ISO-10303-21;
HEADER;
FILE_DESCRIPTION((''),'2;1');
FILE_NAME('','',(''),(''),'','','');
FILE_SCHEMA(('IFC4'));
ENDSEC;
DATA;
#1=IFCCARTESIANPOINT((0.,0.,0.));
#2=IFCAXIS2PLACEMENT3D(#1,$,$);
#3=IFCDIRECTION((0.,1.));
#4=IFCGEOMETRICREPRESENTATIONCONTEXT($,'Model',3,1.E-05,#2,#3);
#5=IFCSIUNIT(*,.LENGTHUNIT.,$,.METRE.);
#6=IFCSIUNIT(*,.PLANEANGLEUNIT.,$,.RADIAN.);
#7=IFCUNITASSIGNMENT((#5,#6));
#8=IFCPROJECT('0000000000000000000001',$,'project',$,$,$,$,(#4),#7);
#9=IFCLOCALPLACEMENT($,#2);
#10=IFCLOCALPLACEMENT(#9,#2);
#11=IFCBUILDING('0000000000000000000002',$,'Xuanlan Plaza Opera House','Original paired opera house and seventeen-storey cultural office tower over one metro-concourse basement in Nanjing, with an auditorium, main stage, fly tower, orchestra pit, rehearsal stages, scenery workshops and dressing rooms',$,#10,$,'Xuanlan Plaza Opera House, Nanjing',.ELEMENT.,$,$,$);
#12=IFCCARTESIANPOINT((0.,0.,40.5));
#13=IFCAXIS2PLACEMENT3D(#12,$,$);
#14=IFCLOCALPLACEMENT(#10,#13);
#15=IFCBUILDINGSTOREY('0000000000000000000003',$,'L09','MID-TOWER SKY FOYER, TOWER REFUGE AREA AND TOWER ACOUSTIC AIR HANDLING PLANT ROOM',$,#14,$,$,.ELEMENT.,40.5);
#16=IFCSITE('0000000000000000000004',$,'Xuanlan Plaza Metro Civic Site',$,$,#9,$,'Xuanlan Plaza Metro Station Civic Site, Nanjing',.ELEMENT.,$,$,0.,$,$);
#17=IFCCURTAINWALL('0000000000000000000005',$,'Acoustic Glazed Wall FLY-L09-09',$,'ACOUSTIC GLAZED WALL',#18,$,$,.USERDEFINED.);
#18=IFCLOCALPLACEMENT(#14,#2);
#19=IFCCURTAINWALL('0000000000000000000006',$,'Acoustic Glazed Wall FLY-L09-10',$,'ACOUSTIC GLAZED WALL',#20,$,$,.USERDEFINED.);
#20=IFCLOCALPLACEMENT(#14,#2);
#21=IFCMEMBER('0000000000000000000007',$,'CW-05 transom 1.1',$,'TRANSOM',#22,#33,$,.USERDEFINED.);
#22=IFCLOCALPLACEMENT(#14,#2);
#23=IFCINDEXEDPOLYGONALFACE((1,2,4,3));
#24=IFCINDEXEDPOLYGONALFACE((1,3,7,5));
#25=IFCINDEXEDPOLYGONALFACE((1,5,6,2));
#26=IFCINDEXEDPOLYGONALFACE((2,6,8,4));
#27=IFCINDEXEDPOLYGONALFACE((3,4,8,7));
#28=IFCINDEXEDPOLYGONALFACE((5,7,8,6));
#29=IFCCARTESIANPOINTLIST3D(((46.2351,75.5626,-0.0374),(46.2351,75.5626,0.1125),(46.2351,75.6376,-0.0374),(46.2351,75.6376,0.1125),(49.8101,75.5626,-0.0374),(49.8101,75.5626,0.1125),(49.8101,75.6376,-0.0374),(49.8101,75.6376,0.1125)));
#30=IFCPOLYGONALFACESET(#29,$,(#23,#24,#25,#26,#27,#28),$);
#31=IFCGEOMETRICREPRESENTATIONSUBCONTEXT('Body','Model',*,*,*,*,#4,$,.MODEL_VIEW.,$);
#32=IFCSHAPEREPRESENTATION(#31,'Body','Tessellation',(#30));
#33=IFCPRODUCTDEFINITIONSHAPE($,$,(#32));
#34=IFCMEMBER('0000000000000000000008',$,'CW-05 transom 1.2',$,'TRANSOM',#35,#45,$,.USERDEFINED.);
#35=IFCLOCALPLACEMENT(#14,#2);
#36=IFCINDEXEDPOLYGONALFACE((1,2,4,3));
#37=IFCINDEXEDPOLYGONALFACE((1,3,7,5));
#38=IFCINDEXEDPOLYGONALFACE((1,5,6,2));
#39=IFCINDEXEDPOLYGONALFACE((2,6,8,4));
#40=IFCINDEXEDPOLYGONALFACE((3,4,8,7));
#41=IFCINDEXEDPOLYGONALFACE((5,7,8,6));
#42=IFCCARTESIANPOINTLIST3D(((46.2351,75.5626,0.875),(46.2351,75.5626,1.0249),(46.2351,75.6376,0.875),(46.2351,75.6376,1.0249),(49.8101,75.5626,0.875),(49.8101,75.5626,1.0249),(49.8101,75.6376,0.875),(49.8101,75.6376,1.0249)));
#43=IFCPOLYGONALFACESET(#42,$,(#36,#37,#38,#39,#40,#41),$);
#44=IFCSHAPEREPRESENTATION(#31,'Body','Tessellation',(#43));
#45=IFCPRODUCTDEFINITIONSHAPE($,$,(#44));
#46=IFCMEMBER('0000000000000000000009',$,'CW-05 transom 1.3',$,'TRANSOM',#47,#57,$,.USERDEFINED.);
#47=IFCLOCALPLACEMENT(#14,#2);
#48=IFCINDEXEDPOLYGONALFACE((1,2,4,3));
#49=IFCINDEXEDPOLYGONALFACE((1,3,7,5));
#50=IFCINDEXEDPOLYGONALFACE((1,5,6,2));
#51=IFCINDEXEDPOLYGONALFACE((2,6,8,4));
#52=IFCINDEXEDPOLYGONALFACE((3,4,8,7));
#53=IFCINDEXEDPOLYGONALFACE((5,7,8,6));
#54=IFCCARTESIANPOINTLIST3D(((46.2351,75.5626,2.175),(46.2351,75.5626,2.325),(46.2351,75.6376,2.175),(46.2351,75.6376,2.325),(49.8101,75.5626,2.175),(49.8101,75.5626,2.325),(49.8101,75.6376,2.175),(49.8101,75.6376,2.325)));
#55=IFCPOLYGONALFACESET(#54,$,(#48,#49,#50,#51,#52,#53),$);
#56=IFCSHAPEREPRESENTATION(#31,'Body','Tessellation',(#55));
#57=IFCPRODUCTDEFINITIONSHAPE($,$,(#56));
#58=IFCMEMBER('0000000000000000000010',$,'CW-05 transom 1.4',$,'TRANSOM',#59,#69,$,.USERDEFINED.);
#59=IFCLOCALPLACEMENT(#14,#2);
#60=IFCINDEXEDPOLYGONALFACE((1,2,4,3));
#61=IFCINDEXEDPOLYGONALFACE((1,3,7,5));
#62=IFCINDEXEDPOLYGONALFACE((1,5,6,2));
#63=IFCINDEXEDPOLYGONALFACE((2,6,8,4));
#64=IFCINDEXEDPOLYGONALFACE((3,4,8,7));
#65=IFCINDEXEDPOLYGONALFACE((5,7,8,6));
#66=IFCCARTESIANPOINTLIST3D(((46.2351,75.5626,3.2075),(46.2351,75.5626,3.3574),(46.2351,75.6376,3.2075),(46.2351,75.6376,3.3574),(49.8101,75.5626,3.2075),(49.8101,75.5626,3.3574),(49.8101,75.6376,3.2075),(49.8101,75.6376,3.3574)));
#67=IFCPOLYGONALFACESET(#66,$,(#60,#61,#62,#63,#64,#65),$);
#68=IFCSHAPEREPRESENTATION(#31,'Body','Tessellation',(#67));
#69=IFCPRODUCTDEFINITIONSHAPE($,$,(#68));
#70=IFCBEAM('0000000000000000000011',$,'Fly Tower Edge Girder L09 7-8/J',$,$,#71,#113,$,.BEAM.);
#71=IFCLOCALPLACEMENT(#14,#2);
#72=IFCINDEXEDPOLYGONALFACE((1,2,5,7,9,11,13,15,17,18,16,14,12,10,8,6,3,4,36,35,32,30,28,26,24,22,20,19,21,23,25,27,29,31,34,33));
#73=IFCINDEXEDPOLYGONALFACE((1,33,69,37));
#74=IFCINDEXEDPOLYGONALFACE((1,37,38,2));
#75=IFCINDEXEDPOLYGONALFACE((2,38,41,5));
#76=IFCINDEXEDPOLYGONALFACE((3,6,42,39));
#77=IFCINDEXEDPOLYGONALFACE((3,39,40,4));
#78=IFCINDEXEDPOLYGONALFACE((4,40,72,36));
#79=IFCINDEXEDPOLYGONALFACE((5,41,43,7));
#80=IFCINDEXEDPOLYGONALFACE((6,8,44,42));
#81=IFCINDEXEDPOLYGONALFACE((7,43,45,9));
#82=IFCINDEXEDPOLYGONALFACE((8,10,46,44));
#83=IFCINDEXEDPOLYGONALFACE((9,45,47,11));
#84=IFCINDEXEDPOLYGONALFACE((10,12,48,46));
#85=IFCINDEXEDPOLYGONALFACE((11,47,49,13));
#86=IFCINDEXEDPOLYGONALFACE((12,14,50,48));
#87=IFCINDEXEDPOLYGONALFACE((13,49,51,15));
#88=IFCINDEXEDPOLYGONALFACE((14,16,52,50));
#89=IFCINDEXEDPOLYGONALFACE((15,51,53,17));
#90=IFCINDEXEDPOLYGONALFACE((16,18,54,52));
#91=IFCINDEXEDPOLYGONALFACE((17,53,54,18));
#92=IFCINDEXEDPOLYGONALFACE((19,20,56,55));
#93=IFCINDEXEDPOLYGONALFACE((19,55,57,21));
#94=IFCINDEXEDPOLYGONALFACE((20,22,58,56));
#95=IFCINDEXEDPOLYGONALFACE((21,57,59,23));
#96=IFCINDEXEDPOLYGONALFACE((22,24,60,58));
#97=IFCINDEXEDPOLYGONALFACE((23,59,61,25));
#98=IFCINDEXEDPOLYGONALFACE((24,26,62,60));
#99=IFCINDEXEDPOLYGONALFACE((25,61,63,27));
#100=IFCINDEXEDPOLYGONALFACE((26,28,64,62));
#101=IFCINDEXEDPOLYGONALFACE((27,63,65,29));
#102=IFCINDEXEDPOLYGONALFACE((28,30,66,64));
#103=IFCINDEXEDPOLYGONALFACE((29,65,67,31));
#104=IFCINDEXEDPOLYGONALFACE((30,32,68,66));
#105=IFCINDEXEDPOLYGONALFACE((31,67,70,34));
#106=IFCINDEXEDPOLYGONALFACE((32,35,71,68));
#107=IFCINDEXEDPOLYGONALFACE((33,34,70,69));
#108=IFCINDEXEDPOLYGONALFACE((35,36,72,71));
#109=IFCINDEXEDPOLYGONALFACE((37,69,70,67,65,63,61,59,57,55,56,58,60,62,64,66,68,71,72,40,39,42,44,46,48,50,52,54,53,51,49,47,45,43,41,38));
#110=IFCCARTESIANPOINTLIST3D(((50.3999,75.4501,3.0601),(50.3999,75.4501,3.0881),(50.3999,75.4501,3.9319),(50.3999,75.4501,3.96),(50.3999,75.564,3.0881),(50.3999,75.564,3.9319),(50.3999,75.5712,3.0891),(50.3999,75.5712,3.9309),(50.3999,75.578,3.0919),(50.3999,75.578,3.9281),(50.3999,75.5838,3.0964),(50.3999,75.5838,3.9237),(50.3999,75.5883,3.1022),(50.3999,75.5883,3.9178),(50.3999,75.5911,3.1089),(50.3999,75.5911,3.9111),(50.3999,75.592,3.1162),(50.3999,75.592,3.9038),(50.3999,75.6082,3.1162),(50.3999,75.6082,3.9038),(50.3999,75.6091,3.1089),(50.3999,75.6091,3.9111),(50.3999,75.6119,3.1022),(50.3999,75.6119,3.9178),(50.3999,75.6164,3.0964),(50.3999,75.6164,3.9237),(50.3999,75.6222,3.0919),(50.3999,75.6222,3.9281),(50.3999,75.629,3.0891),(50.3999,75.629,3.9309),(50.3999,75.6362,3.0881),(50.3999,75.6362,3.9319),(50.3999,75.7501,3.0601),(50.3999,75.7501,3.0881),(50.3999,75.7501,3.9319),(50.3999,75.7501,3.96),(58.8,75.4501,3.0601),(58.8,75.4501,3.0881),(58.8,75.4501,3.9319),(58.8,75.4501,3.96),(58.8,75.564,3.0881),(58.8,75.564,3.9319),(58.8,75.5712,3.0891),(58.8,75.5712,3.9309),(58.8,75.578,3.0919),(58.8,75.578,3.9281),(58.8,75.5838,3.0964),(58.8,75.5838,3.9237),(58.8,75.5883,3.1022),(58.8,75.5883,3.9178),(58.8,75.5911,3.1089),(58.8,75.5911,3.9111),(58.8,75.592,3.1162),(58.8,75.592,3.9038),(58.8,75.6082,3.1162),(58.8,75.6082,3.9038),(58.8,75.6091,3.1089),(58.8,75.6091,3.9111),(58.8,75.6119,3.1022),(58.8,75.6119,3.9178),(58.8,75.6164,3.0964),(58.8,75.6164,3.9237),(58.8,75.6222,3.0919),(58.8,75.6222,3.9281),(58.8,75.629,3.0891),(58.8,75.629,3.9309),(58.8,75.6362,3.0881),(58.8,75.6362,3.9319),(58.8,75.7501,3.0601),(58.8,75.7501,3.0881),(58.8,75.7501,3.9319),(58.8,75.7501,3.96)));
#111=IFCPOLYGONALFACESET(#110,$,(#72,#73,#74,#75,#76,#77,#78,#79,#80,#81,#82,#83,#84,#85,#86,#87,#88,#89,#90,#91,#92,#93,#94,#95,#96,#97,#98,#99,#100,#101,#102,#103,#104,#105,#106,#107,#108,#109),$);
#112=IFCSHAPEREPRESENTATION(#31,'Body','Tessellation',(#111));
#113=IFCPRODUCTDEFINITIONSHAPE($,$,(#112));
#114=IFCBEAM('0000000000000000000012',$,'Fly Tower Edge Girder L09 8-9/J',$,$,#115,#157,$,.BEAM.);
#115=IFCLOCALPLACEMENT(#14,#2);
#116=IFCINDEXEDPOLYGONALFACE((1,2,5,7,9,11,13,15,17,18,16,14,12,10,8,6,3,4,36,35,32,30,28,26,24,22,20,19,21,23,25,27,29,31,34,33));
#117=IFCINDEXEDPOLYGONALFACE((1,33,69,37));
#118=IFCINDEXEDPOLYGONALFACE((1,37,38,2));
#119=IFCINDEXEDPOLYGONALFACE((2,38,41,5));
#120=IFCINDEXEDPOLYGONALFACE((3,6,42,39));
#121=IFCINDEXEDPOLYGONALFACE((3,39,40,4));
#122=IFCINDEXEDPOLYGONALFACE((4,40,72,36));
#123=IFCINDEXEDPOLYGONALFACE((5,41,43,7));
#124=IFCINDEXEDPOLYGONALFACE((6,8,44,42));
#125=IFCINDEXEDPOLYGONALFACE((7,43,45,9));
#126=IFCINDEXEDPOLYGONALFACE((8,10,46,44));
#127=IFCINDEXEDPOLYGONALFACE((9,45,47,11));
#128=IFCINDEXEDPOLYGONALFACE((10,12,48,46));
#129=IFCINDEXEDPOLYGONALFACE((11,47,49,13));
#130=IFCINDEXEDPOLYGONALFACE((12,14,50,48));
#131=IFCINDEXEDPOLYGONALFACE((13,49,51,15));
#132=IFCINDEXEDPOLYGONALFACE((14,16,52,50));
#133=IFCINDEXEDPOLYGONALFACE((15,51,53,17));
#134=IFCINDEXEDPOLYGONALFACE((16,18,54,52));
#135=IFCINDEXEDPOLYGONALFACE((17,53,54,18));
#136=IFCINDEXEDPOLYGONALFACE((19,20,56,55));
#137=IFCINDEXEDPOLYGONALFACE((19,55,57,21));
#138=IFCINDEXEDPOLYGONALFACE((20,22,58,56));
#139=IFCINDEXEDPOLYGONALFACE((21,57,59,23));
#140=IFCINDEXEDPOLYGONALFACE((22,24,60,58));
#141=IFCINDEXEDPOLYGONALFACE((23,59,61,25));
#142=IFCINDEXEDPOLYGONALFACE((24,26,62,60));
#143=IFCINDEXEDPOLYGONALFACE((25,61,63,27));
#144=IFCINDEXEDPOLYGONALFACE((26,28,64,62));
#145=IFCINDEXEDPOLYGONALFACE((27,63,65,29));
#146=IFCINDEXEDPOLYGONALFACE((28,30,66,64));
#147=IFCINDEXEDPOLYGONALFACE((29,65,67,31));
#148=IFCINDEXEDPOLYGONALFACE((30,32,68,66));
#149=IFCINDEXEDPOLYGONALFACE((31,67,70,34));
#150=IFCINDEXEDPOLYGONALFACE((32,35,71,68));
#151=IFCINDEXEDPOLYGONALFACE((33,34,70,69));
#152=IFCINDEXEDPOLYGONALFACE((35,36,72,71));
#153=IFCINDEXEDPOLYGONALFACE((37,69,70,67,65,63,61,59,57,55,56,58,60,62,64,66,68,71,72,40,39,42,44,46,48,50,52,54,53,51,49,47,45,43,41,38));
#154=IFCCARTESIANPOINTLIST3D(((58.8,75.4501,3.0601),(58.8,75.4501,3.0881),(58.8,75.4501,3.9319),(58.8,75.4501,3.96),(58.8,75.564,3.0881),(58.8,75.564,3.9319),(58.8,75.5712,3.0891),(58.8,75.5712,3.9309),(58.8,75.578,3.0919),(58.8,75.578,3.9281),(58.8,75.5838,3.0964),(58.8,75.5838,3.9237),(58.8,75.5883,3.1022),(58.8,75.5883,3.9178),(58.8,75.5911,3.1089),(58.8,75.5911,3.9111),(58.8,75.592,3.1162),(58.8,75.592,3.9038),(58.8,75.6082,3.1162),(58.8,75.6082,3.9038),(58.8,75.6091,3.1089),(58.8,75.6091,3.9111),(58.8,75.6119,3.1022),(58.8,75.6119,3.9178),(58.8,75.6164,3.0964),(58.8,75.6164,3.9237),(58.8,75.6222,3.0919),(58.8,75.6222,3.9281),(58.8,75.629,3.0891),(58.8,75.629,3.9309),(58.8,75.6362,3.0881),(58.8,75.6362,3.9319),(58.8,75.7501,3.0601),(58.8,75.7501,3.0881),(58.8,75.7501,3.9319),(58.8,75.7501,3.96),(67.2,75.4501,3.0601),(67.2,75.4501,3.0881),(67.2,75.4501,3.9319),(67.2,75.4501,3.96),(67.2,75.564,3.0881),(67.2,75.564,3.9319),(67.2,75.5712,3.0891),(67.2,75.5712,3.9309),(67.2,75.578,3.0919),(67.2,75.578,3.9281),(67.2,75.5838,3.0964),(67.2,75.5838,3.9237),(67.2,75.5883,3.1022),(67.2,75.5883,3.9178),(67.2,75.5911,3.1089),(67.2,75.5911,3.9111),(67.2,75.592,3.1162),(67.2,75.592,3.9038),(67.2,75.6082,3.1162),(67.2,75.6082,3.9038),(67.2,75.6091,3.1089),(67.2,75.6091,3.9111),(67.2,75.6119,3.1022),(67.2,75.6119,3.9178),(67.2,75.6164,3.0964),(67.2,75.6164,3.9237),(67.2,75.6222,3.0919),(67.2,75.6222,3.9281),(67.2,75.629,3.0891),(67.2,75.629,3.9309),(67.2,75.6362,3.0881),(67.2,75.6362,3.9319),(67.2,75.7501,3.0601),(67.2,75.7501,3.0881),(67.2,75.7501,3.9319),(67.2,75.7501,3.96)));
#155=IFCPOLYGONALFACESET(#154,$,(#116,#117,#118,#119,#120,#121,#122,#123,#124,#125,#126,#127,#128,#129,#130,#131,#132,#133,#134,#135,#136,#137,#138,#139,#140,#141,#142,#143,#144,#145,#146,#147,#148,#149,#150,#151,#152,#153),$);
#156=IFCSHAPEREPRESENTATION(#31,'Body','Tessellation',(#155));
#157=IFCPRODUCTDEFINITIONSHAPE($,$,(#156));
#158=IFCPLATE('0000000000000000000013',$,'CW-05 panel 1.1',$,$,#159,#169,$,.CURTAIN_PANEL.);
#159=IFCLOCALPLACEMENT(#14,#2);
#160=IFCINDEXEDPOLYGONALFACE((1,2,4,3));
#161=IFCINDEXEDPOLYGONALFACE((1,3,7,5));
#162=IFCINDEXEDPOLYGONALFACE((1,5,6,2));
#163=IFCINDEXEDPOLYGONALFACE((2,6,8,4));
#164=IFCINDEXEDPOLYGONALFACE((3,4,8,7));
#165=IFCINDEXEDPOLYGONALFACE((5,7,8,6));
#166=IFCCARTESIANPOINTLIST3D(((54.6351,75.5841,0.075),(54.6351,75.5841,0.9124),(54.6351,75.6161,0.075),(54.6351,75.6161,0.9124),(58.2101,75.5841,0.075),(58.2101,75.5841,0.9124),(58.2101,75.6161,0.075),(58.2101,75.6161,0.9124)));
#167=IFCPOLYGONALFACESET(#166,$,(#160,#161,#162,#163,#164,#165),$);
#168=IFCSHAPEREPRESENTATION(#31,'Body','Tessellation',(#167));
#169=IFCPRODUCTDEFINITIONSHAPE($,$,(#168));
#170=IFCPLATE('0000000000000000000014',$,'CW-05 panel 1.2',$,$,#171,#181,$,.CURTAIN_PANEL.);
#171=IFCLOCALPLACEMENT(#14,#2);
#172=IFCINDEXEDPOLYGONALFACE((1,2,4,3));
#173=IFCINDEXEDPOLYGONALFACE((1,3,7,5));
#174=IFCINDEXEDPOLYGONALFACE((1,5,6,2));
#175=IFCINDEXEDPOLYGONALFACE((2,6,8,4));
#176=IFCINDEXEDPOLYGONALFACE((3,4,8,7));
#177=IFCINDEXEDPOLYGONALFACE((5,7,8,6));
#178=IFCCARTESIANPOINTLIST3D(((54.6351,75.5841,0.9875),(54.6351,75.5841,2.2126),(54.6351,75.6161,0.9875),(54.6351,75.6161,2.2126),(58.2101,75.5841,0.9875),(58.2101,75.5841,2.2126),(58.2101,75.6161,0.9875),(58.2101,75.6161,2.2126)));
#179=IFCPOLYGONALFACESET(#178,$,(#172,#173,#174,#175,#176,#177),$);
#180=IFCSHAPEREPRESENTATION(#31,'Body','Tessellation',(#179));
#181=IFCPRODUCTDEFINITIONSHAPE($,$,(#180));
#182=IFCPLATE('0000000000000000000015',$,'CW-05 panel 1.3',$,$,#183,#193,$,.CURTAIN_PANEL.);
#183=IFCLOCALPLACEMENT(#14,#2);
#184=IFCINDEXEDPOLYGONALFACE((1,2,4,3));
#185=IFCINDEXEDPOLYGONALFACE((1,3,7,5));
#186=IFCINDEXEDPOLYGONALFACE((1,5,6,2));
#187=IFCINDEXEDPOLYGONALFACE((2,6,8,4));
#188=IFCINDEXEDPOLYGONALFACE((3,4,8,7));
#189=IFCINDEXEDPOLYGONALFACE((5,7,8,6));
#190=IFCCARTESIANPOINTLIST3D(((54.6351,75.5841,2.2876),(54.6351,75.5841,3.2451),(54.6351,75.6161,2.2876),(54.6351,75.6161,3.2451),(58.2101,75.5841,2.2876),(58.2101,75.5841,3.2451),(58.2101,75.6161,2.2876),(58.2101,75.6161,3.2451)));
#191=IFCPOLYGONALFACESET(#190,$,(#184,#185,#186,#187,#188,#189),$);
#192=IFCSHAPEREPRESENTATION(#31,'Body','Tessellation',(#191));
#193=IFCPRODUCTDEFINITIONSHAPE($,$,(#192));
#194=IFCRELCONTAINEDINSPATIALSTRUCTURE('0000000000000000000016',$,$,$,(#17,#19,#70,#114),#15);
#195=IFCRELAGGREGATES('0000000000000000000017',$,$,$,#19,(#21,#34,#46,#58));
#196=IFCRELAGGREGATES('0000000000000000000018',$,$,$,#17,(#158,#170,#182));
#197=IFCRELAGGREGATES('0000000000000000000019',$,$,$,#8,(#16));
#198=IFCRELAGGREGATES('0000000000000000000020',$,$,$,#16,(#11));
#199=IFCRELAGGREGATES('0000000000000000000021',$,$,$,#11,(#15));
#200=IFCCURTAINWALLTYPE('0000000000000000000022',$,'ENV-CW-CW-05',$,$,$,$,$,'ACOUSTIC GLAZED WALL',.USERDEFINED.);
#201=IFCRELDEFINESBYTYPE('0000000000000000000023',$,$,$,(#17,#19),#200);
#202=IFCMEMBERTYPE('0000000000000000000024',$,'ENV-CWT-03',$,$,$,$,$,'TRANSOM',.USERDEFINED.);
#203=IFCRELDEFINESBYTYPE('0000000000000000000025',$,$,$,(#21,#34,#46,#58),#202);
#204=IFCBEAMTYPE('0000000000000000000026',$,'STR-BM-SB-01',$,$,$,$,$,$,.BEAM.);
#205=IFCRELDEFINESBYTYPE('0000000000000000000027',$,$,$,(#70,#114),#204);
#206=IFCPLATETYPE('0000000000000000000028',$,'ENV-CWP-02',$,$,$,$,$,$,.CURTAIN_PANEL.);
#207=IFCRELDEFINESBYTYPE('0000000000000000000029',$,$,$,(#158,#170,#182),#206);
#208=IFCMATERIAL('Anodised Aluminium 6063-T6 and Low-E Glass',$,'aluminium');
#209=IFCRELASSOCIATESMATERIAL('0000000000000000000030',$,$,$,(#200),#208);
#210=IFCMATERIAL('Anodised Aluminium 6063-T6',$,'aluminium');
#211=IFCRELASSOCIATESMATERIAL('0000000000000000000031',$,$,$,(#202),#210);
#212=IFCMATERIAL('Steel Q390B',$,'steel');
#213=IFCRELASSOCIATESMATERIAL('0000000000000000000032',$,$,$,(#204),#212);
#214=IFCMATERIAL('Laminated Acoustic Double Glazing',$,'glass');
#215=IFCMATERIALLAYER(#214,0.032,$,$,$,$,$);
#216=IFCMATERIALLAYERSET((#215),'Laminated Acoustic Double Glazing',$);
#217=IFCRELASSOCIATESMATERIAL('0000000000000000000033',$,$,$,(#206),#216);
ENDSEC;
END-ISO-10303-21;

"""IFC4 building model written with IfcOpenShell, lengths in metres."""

from ifc_helpers import new_model, si_unit, direction, frame, origin, origin_2d, place, context, subcontext, project, spatial, rectangle, i_section, extrude, material, layer, layer_set, material_profile, profile_set, type_object, element, aggregate, save


model = new_model("IFC4")

# Units and contexts
model_context = context("Model", 3, precision=1e-05, world=origin(), true_north=direction((0.0, 1.0)))
body_context = subcontext(model_context, "Body", "Model", "MODEL_VIEW")
ifc_project = project(units=[si_unit("LENGTHUNIT", "METRE"), si_unit("PLANEANGLEUNIT", "RADIAN")], contexts=[model_context])

# Site, building, storey
site_placement = place(None, origin())
site = spatial("IfcSite", under=ifc_project, at=site_placement, Name="Xuanlan Plaza Metro Civic Site", LongName="Xuanlan Plaza Metro Station Civic Site, Nanjing", CompositionType="ELEMENT", RefElevation=0.0)
building_placement = place(site_placement, origin())
building = spatial("IfcBuilding", under=site, at=building_placement, Name="Xuanlan Plaza Opera House", Description="Original paired opera house and seventeen-storey cultural office tower over one metro-concourse basement in Nanjing, with an auditorium, main stage, fly tower, orchestra pit, rehearsal stages, scenery workshops and dressing rooms", LongName="Xuanlan Plaza Opera House, Nanjing", CompositionType="ELEMENT")
storey_placement = place(building_placement, frame((0.0, 0.0, 40.5)))
storey = spatial("IfcBuildingStorey", under=building, at=storey_placement, Name="L09", Description="MID-TOWER SKY FOYER, TOWER REFUGE AREA AND TOWER ACOUSTIC AIR HANDLING PLANT ROOM", CompositionType="ELEMENT", Elevation=40.5)

# Shared definitions
ifc_material_1 = material(Name="Anodised Aluminium 6063-T6 and Low-E Glass", Category="aluminium")
curtain_wall_type = type_object("IfcCurtainWallType", Name="ENV-CW-CW-05", ElementType="ACOUSTIC GLAZED WALL", PredefinedType="USERDEFINED", material=ifc_material_1)
ifc_material_2 = material(Name="Anodised Aluminium 6063-T6", Category="aluminium")

# Curtain wall
curtain_wall_1_placement = place(storey_placement, origin())
curtain_wall_1 = element("IfcCurtainWall", 1, at=curtain_wall_1_placement, inside=storey, type_object=curtain_wall_type, Name="Acoustic Glazed Wall FLY-L09-09", ObjectType="ACOUSTIC GLAZED WALL", PredefinedType="USERDEFINED")

# Curtain wall
curtain_wall_2_placement = place(storey_placement, origin())
curtain_wall_2 = element("IfcCurtainWall", 2, at=curtain_wall_2_placement, inside=storey, type_object=curtain_wall_type, Name="Acoustic Glazed Wall FLY-L09-10", ObjectType="ACOUSTIC GLAZED WALL", PredefinedType="USERDEFINED")

# Members
ifc_material_profile_1 = material_profile(ifc_material_2, rectangle(XDim=0.075, YDim=0.1499, at=origin_2d()), Name="ALU-T 75x150")
ifc_profile_set_1 = profile_set([ifc_material_profile_1], Name="Anodised Aluminium 6063-T6")
member_type_1 = type_object("IfcMemberType", Name="ENV-CWT-03", ElementType="TRANSOM", PredefinedType="USERDEFINED", material=ifc_profile_set_1)
member_1_placement = place(storey_placement, frame((49.8101, 75.6001, 0.0376), z_axis=(-1.0, 0.0, 0.0), x_axis=(0.0, -1.0, 0.0)))
member_1 = element("IfcMember", 3, at=member_1_placement, type_object=member_type_1, Name="CW-05 transom 1.1", ObjectType="TRANSOM", PredefinedType="USERDEFINED", context=body_context, shape_type="SweptSolid", body=[
    extrude(rectangle(XDim=0.075, YDim=0.1499, at=origin_2d()), origin(), (0.0, 0.0, 1.0), 3.575),
])
member_2_placement = place(storey_placement, frame((49.8101, 75.6001, 0.95), z_axis=(-1.0, 0.0, 0.0), x_axis=(0.0, -1.0, 0.0)))
member_2 = element("IfcMember", 4, at=member_2_placement, type_object=member_type_1, Name="CW-05 transom 1.2", ObjectType="TRANSOM", PredefinedType="USERDEFINED", context=body_context, shape_type="SweptSolid", body=[
    extrude(rectangle(XDim=0.075, YDim=0.1499, at=origin_2d()), origin(), (0.0, 0.0, 1.0), 3.575),
])
member_3_placement = place(storey_placement, frame((49.8101, 75.6001, 2.25), z_axis=(-1.0, 0.0, 0.0), x_axis=(0.0, -1.0, 0.0)))
member_3 = element("IfcMember", 5, at=member_3_placement, type_object=member_type_1, Name="CW-05 transom 1.3", ObjectType="TRANSOM", PredefinedType="USERDEFINED", context=body_context, shape_type="SweptSolid", body=[
    extrude(rectangle(XDim=0.075, YDim=0.1499, at=origin_2d()), origin(), (0.0, 0.0, 1.0), 3.575),
])
member_4_placement = place(storey_placement, frame((49.8101, 75.6001, 3.2825), z_axis=(-1.0, 0.0, 0.0), x_axis=(0.0, -1.0, 0.0)))
member_4 = element("IfcMember", 6, at=member_4_placement, type_object=member_type_1, Name="CW-05 transom 1.4", ObjectType="TRANSOM", PredefinedType="USERDEFINED", context=body_context, shape_type="SweptSolid", body=[
    extrude(rectangle(XDim=0.075, YDim=0.1499, at=origin_2d()), origin(), (0.0, 0.0, 1.0), 3.575),
])
aggregate(curtain_wall_2, [member_1, member_2, member_3, member_4])

# Beams
ifc_material_3 = material(Name="Steel Q390B", Category="steel")
ifc_material_profile_2 = material_profile(ifc_material_3, i_section(OverallWidth=0.3, OverallDepth=0.8999, WebThickness=0.0161, FlangeThickness=0.0281, FilletRadius=0.0281, at=origin_2d()), Name="HN 900x300x16x28")
ifc_profile_set_2 = profile_set([ifc_material_profile_2], Name="Steel Q390B")
beam_type = type_object("IfcBeamType", Name="STR-BM-SB-01", PredefinedType="BEAM", material=ifc_profile_set_2)
beam_1_placement = place(storey_placement, frame((50.3999, 75.6001, 3.51), z_axis=(1.0, 0.0, 0.0), x_axis=(0.0, 1.0, 0.0)))
element("IfcBeam", 7, at=beam_1_placement, inside=storey, type_object=beam_type, Name="Fly Tower Edge Girder L09 7-8/J", PredefinedType="BEAM", context=body_context, shape_type="SweptSolid", body=[
    extrude(i_section(OverallWidth=0.3, OverallDepth=0.8999, WebThickness=0.0161, FlangeThickness=0.0281, FilletRadius=0.0281, at=origin_2d()), origin(), (0.0, 0.0, 1.0), 8.4001),
])
beam_2_placement = place(storey_placement, frame((58.8, 75.6001, 3.51), z_axis=(1.0, 0.0, 0.0), x_axis=(0.0, 1.0, 0.0)))
element("IfcBeam", 8, at=beam_2_placement, inside=storey, type_object=beam_type, Name="Fly Tower Edge Girder L09 8-9/J", PredefinedType="BEAM", context=body_context, shape_type="SweptSolid", body=[
    extrude(i_section(OverallWidth=0.3, OverallDepth=0.8999, WebThickness=0.0161, FlangeThickness=0.0281, FilletRadius=0.0281, at=origin_2d()), origin(), (0.0, 0.0, 1.0), 8.3999),
])

# Plates
ifc_material_4 = material(Name="Laminated Acoustic Double Glazing", Category="glass")
ifc_layer = layer(ifc_material_4, 0.032)
ifc_layer_set = layer_set([ifc_layer], Name="Laminated Acoustic Double Glazing")
plate_type = type_object("IfcPlateType", Name="ENV-CWP-02", PredefinedType="CURTAIN_PANEL", material=ifc_layer_set)
plate_1_placement = place(storey_placement, frame((56.4226, 75.6001, 0.075), z_axis=(0.0, 0.0, 1.0), x_axis=(-1.0, 0.0, 0.0)))
plate_1 = element("IfcPlate", 9, at=plate_1_placement, type_object=plate_type, Name="CW-05 panel 1.1", PredefinedType="CURTAIN_PANEL", context=body_context, shape_type="SweptSolid", body=[
    extrude(rectangle(XDim=3.575, YDim=0.032, at=origin_2d()), origin(), (0.0, 0.0, 1.0), 0.8374),
])
plate_2_placement = place(storey_placement, frame((56.4226, 75.6001, 0.9875), z_axis=(0.0, 0.0, 1.0), x_axis=(-1.0, 0.0, 0.0)))
plate_2 = element("IfcPlate", 10, at=plate_2_placement, type_object=plate_type, Name="CW-05 panel 1.2", PredefinedType="CURTAIN_PANEL", context=body_context, shape_type="SweptSolid", body=[
    extrude(rectangle(XDim=3.575, YDim=0.032, at=origin_2d()), origin(), (0.0, 0.0, 1.0), 1.2251),
])
plate_3_placement = place(storey_placement, frame((56.4226, 75.6001, 2.2876), z_axis=(0.0, 0.0, 1.0), x_axis=(-1.0, 0.0, 0.0)))
plate_3 = element("IfcPlate", 11, at=plate_3_placement, type_object=plate_type, Name="CW-05 panel 1.3", PredefinedType="CURTAIN_PANEL", context=body_context, shape_type="SweptSolid", body=[
    extrude(rectangle(XDim=3.575, YDim=0.032, at=origin_2d()), origin(), (0.0, 0.0, 1.0), 0.9575),
])
aggregate(curtain_wall_1, [plate_1, plate_2, plate_3])

save(model, "model.ifc")
